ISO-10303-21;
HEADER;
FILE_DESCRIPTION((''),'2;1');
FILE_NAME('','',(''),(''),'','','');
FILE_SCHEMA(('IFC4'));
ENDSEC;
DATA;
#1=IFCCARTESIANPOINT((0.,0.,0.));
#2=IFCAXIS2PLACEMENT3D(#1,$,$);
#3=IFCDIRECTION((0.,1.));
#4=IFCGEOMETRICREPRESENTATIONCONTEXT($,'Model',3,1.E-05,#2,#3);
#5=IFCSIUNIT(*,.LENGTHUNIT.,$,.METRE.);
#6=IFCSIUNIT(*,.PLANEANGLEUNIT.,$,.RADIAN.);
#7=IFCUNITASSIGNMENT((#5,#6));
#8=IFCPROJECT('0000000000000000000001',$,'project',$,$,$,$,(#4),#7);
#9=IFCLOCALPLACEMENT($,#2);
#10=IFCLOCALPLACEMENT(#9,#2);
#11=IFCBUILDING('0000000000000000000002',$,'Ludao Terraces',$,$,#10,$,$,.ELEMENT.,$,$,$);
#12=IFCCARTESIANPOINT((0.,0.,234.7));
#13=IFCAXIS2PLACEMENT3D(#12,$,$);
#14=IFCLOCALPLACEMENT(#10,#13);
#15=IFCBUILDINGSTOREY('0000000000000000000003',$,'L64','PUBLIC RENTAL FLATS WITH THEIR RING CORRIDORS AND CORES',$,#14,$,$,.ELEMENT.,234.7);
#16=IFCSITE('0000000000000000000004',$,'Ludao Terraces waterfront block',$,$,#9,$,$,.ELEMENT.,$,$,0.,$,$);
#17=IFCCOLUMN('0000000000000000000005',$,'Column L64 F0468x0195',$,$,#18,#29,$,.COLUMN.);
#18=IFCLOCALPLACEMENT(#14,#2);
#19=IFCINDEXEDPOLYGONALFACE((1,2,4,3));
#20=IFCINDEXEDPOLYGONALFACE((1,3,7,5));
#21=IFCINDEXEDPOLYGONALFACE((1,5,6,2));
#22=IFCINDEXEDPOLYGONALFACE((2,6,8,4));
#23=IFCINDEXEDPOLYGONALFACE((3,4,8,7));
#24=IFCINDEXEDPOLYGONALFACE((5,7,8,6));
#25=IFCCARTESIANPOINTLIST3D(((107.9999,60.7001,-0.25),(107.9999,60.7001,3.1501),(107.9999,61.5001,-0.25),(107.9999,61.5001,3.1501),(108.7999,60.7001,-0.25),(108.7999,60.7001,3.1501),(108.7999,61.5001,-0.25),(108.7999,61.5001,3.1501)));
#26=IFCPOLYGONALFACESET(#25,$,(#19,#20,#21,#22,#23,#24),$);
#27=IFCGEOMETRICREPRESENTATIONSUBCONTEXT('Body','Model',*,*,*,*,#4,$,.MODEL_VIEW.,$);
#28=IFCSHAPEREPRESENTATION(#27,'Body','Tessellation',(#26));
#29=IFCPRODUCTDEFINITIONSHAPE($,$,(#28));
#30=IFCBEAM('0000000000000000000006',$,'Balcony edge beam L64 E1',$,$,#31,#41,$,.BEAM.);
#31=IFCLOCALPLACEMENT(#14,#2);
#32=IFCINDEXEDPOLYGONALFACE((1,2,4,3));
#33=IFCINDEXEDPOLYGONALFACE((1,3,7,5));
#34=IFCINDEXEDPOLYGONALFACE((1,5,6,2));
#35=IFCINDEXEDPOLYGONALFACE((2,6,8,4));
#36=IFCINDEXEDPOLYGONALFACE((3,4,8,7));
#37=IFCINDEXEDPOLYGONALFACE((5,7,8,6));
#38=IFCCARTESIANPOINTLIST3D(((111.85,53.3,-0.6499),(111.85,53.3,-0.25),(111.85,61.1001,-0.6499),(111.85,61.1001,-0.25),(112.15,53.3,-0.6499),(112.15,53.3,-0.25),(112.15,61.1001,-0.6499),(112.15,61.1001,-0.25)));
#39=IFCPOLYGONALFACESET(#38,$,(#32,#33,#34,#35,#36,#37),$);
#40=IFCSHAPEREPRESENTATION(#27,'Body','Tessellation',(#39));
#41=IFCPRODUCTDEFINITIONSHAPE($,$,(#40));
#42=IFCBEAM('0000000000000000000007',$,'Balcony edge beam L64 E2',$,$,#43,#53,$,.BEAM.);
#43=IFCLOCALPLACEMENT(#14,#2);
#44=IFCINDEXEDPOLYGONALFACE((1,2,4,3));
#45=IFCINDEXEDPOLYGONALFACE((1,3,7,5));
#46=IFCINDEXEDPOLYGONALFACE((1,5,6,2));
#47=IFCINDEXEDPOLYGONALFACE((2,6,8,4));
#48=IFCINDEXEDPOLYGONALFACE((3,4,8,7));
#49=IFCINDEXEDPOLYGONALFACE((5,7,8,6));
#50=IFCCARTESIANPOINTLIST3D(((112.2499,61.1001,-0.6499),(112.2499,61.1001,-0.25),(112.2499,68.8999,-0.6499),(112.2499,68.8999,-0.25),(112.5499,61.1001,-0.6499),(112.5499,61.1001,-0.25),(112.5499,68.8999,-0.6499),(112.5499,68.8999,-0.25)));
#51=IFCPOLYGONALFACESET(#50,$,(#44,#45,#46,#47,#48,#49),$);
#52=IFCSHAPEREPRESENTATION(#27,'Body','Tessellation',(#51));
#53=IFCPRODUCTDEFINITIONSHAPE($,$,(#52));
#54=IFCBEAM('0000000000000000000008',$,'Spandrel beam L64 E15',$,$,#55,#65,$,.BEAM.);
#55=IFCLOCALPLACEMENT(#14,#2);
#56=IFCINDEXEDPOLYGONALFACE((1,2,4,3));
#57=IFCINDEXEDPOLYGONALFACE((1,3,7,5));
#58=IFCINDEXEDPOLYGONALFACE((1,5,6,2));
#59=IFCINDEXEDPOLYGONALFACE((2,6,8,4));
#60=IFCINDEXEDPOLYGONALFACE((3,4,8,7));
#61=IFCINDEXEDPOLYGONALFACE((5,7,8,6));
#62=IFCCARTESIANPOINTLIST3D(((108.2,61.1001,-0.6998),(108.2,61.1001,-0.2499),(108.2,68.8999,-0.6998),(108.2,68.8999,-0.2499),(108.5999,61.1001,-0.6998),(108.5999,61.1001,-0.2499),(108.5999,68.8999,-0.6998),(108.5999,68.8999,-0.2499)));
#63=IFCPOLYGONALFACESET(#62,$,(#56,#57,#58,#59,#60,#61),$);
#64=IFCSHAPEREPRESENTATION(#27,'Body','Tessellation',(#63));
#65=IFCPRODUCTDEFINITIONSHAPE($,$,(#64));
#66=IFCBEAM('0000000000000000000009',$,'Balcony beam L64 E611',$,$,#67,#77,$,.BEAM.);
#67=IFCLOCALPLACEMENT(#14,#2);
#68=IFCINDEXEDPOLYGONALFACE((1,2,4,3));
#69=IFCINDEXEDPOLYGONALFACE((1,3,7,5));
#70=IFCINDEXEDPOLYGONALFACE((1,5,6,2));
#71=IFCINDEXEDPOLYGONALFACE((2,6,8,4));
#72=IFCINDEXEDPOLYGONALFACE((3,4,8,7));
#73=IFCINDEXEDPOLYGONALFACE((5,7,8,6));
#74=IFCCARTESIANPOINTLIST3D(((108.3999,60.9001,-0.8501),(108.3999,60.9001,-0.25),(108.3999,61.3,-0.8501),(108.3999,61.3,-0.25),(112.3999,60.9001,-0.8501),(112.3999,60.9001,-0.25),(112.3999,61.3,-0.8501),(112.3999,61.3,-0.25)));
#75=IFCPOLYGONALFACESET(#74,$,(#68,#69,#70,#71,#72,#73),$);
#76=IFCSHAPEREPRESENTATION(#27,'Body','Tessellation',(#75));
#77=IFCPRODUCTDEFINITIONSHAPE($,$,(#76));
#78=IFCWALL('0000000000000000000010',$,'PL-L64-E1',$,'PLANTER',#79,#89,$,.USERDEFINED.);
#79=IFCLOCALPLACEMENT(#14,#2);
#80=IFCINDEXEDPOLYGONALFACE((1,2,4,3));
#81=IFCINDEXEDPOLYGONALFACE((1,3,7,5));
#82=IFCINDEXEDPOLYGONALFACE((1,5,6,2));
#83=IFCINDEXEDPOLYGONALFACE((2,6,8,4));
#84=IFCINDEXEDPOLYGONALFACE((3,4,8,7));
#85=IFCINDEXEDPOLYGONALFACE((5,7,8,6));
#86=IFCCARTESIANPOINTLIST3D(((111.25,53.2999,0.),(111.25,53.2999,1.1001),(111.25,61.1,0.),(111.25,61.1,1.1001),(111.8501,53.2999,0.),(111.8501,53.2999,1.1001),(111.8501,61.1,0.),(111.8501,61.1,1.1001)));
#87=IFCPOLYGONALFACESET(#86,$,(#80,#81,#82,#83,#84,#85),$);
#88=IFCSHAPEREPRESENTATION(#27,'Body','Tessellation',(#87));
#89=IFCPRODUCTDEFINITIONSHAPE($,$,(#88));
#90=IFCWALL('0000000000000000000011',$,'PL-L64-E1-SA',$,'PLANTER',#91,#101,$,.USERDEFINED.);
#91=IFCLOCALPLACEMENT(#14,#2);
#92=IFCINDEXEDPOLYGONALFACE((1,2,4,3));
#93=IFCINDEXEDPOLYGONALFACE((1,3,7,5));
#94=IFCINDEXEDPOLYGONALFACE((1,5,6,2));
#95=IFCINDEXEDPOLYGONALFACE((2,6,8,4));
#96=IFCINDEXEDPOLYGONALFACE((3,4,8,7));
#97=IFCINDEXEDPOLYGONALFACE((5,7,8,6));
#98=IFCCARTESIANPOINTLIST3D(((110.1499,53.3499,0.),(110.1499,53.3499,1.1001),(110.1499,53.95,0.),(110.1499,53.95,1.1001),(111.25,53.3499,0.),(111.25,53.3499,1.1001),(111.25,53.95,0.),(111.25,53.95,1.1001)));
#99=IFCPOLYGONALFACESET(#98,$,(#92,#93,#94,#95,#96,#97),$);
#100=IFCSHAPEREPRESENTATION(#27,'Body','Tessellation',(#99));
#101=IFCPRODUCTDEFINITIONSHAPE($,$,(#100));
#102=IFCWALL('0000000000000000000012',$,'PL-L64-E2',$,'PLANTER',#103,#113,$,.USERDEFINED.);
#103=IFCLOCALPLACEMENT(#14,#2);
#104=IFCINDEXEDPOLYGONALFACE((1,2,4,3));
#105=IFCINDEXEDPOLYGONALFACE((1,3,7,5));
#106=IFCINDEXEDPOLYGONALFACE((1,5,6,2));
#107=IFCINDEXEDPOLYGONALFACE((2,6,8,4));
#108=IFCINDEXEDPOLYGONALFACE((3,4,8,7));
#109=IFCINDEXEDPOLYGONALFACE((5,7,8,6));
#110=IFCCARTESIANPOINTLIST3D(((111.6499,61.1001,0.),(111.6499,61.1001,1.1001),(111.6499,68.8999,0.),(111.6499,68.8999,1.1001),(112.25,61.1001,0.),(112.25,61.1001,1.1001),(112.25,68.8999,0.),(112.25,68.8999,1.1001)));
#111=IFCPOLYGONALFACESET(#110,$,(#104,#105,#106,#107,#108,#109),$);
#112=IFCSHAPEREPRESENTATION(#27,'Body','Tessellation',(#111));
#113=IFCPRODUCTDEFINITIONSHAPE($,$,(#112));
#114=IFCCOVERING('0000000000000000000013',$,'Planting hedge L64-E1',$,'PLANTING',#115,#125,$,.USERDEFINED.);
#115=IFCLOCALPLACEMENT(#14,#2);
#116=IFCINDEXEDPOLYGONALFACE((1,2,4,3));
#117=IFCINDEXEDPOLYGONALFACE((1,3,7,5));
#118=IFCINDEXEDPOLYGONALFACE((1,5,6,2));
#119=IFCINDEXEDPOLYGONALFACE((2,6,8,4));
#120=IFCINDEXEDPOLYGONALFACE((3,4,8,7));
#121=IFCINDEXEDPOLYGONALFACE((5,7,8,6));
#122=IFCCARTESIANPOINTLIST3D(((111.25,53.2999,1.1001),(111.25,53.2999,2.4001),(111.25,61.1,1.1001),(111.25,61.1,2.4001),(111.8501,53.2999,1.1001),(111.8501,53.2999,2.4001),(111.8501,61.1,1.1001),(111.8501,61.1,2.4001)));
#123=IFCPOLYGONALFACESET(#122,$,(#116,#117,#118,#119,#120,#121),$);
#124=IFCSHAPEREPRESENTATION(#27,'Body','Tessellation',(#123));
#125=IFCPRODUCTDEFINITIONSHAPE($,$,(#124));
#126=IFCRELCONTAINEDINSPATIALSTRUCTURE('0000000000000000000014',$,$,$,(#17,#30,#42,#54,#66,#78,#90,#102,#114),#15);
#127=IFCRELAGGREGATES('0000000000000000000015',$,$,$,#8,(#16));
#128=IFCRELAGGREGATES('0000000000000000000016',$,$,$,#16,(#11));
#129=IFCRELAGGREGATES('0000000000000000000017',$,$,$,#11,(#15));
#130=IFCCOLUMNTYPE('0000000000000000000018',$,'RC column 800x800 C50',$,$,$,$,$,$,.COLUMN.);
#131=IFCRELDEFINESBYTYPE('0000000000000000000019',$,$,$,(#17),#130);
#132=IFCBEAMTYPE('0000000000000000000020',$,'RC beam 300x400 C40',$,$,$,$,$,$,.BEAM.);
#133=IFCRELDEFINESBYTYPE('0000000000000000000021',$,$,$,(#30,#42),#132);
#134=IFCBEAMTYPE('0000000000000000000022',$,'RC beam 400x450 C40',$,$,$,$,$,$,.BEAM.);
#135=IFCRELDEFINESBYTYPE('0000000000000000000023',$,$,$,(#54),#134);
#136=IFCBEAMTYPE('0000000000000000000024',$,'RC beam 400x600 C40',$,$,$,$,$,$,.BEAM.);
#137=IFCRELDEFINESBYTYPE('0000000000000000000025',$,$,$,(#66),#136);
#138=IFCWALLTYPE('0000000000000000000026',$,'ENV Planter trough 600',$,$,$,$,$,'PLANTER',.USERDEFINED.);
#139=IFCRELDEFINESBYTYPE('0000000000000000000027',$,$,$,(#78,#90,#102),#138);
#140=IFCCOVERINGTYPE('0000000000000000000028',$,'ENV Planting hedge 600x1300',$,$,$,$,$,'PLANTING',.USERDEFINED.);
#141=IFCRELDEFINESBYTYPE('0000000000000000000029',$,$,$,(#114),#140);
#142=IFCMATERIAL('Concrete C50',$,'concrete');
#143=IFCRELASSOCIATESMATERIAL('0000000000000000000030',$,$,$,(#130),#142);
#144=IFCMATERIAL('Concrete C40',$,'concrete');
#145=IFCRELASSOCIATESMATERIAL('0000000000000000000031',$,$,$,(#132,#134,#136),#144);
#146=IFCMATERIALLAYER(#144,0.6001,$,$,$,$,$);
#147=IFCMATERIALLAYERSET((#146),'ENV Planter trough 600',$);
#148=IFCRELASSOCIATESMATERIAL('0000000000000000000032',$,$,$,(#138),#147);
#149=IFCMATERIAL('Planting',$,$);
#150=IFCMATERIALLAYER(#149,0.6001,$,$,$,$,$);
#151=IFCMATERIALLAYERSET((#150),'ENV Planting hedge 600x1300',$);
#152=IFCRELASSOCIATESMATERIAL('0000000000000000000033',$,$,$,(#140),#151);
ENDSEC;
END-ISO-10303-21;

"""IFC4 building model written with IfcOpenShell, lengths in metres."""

from ifc_helpers import new_model, si_unit, direction, frame, frame_2d, origin, origin_2d, place, context, subcontext, project, spatial, rectangle, extrude, material, layer, layer_set, material_profile, profile_set, type_object, element, save


model = new_model("IFC4")

# Units and contexts
model_context = context("Model", 3, precision=1e-05, world=origin(), true_north=direction((0.0, 1.0)))
body_context = subcontext(model_context, "Body", "Model", "MODEL_VIEW")
ifc_project = project(units=[si_unit("LENGTHUNIT", "METRE"), si_unit("PLANEANGLEUNIT", "RADIAN")], contexts=[model_context])

# Site, building, storey
site_placement = place(None, origin())
site = spatial("IfcSite", under=ifc_project, at=site_placement, Name="Ludao Terraces waterfront block", CompositionType="ELEMENT", RefElevation=0.0)
building_placement = place(site_placement, origin())
building = spatial("IfcBuilding", under=site, at=building_placement, Name="Ludao Terraces", CompositionType="ELEMENT")
storey_placement = place(building_placement, frame((0.0, 0.0, 234.7)))
storey = spatial("IfcBuildingStorey", under=building, at=storey_placement, Name="L64", Description="PUBLIC RENTAL FLATS WITH THEIR RING CORRIDORS AND CORES", CompositionType="ELEMENT", Elevation=234.7)

# Column
ifc_material_1 = material(Name="Concrete C50", Category="concrete")
ifc_material_profile_1 = material_profile(ifc_material_1, rectangle(XDim=0.8, YDim=0.8, at=origin_2d()), Name="800 X 800")
ifc_profile_set_1 = profile_set([ifc_material_profile_1], Name="Concrete C50")
column_type = type_object("IfcColumnType", Name="RC column 800x800 C50", PredefinedType="COLUMN", material=ifc_profile_set_1)
column_placement = place(storey_placement, frame((108.3999, 61.1001, -0.25), z_axis=(0.0, 0.0, 1.0), x_axis=(1.0, 0.0, 0.0)))
element("IfcColumn", 1, at=column_placement, inside=storey, type_object=column_type, Name="Column L64 F0468x0195", PredefinedType="COLUMN", context=body_context, shape_type="SweptSolid", body=[
    extrude(rectangle(XDim=0.8, YDim=0.8, at=origin_2d()), origin(), (0.0, 0.0, 1.0), 3.4001),
])

# Beams
ifc_material_2 = material(Name="Concrete C40", Category="concrete")
ifc_material_profile_2 = material_profile(ifc_material_2, rectangle(XDim=0.3, YDim=0.3999, at=origin_2d()), Name="300 X 400")
ifc_profile_set_2 = profile_set([ifc_material_profile_2], Name="Concrete C40")
beam_type_1 = type_object("IfcBeamType", Name="RC beam 300x400 C40", PredefinedType="BEAM", material=ifc_profile_set_2)
beam_1_placement = place(storey_placement, frame((112.0, 53.3, -0.45), z_axis=(0.0, 1.0, 0.0), x_axis=(-1.0, 0.0, 0.0)))
element("IfcBeam", 2, at=beam_1_placement, inside=storey, type_object=beam_type_1, Name="Balcony edge beam L64 E1", PredefinedType="BEAM", context=body_context, shape_type="SweptSolid", body=[
    extrude(rectangle(XDim=0.3, YDim=0.3999, at=origin_2d()), origin(), (0.0, 0.0, 1.0), 7.8),
])
beam_2_placement = place(storey_placement, frame((112.3999, 61.1001, -0.45), z_axis=(0.0, 1.0, 0.0), x_axis=(-1.0, 0.0, 0.0)))
element("IfcBeam", 3, at=beam_2_placement, inside=storey, type_object=beam_type_1, Name="Balcony edge beam L64 E2", PredefinedType="BEAM", context=body_context, shape_type="SweptSolid", body=[
    extrude(rectangle(XDim=0.3, YDim=0.3999, at=origin_2d()), origin(), (0.0, 0.0, 1.0), 7.7998),
])
ifc_material_profile_3 = material_profile(ifc_material_2, rectangle(XDim=0.3999, YDim=0.45, at=origin_2d()), Name="400 X 450")
ifc_profile_set_3 = profile_set([ifc_material_profile_3], Name="Concrete C40")
beam_type_2 = type_object("IfcBeamType", Name="RC beam 400x450 C40", PredefinedType="BEAM", material=ifc_profile_set_3)
beam_3_placement = place(storey_placement, frame((108.3999, 61.1001, -0.4749), z_axis=(0.0, 1.0, 0.0), x_axis=(-1.0, 0.0, 0.0)))
element("IfcBeam", 4, at=beam_3_placement, inside=storey, type_object=beam_type_2, Name="Spandrel beam L64 E15", PredefinedType="BEAM", context=body_context, shape_type="SweptSolid", body=[
    extrude(rectangle(XDim=0.3999, YDim=0.45, at=origin_2d()), origin(), (0.0, 0.0, 1.0), 7.7998),
])
ifc_material_profile_4 = material_profile(ifc_material_2, rectangle(XDim=0.3999, YDim=0.6001, at=origin_2d()), Name="400 X 600")
ifc_profile_set_4 = profile_set([ifc_material_profile_4], Name="Concrete C40")
beam_type_3 = type_object("IfcBeamType", Name="RC beam 400x600 C40", PredefinedType="BEAM", material=ifc_profile_set_4)
beam_4_placement = place(storey_placement, frame((108.3999, 61.1001, -0.55), z_axis=(1.0, 0.0, 0.0), x_axis=(0.0, 1.0, 0.0)))
element("IfcBeam", 5, at=beam_4_placement, inside=storey, type_object=beam_type_3, Name="Balcony beam L64 E611", PredefinedType="BEAM", context=body_context, shape_type="SweptSolid", body=[
    extrude(rectangle(XDim=0.3999, YDim=0.6001, at=origin_2d()), origin(), (0.0, 0.0, 1.0), 4.0),
])

# Walls
ifc_layer_1 = layer(ifc_material_2, 0.6001)
ifc_layer_set_1 = layer_set([ifc_layer_1], Name="ENV Planter trough 600")
wall_type = type_object("IfcWallType", Name="ENV Planter trough 600", ElementType="PLANTER", PredefinedType="USERDEFINED", material=ifc_layer_set_1)
wall_1_placement = place(storey_placement, frame((111.55, 53.3, 0.0), z_axis=(0.0, 0.0, 1.0), x_axis=(0.0, 1.0, 0.0)))
element("IfcWall", 6, at=wall_1_placement, inside=storey, type_object=wall_type, Name="PL-L64-E1", ObjectType="PLANTER", PredefinedType="USERDEFINED", context=body_context, shape_type="SweptSolid", body=[
    extrude(rectangle(XDim=7.8, YDim=0.6001, at=frame_2d((3.8999, 0.0))), origin(), (0.0, 0.0, 1.0), 1.1001),
])
wall_2_placement = place(storey_placement, frame((111.25, 53.6499, 0.0), z_axis=(0.0, 0.0, 1.0), x_axis=(-1.0, 0.0, 0.0)))
element("IfcWall", 7, at=wall_2_placement, inside=storey, type_object=wall_type, Name="PL-L64-E1-SA", ObjectType="PLANTER", PredefinedType="USERDEFINED", context=body_context, shape_type="SweptSolid", body=[
    extrude(rectangle(XDim=1.1001, YDim=0.6001, at=frame_2d((0.55, 0.0))), origin(), (0.0, 0.0, 1.0), 1.1001),
])
wall_3_placement = place(storey_placement, frame((111.95, 61.1001, 0.0), z_axis=(0.0, 0.0, 1.0), x_axis=(0.0, 1.0, 0.0)))
element("IfcWall", 8, at=wall_3_placement, inside=storey, type_object=wall_type, Name="PL-L64-E2", ObjectType="PLANTER", PredefinedType="USERDEFINED", context=body_context, shape_type="SweptSolid", body=[
    extrude(rectangle(XDim=7.7998, YDim=0.6001, at=frame_2d((3.8999, 0.0))), origin(), (0.0, 0.0, 1.0), 1.1001),
])

# Covering
ifc_material_3 = material(Name="Planting")
ifc_layer_2 = layer(ifc_material_3, 0.6001)
ifc_layer_set_2 = layer_set([ifc_layer_2], Name="ENV Planting hedge 600x1300")
covering_type = type_object("IfcCoveringType", Name="ENV Planting hedge 600x1300", ElementType="PLANTING", PredefinedType="USERDEFINED", material=ifc_layer_set_2)
covering_placement = place(storey_placement, frame((111.55, 57.2, 1.1001), z_axis=(0.0, 0.0, 1.0), x_axis=(1.0, 0.0, 0.0)))
element("IfcCovering", 9, at=covering_placement, inside=storey, type_object=covering_type, Name="Planting hedge L64-E1", ObjectType="PLANTING", PredefinedType="USERDEFINED", context=body_context, shape_type="SweptSolid", body=[
    extrude(rectangle(XDim=0.6001, YDim=7.8, at=origin_2d()), origin(), (0.0, 0.0, 1.0), 1.3),
])

save(model, "model.ifc")
